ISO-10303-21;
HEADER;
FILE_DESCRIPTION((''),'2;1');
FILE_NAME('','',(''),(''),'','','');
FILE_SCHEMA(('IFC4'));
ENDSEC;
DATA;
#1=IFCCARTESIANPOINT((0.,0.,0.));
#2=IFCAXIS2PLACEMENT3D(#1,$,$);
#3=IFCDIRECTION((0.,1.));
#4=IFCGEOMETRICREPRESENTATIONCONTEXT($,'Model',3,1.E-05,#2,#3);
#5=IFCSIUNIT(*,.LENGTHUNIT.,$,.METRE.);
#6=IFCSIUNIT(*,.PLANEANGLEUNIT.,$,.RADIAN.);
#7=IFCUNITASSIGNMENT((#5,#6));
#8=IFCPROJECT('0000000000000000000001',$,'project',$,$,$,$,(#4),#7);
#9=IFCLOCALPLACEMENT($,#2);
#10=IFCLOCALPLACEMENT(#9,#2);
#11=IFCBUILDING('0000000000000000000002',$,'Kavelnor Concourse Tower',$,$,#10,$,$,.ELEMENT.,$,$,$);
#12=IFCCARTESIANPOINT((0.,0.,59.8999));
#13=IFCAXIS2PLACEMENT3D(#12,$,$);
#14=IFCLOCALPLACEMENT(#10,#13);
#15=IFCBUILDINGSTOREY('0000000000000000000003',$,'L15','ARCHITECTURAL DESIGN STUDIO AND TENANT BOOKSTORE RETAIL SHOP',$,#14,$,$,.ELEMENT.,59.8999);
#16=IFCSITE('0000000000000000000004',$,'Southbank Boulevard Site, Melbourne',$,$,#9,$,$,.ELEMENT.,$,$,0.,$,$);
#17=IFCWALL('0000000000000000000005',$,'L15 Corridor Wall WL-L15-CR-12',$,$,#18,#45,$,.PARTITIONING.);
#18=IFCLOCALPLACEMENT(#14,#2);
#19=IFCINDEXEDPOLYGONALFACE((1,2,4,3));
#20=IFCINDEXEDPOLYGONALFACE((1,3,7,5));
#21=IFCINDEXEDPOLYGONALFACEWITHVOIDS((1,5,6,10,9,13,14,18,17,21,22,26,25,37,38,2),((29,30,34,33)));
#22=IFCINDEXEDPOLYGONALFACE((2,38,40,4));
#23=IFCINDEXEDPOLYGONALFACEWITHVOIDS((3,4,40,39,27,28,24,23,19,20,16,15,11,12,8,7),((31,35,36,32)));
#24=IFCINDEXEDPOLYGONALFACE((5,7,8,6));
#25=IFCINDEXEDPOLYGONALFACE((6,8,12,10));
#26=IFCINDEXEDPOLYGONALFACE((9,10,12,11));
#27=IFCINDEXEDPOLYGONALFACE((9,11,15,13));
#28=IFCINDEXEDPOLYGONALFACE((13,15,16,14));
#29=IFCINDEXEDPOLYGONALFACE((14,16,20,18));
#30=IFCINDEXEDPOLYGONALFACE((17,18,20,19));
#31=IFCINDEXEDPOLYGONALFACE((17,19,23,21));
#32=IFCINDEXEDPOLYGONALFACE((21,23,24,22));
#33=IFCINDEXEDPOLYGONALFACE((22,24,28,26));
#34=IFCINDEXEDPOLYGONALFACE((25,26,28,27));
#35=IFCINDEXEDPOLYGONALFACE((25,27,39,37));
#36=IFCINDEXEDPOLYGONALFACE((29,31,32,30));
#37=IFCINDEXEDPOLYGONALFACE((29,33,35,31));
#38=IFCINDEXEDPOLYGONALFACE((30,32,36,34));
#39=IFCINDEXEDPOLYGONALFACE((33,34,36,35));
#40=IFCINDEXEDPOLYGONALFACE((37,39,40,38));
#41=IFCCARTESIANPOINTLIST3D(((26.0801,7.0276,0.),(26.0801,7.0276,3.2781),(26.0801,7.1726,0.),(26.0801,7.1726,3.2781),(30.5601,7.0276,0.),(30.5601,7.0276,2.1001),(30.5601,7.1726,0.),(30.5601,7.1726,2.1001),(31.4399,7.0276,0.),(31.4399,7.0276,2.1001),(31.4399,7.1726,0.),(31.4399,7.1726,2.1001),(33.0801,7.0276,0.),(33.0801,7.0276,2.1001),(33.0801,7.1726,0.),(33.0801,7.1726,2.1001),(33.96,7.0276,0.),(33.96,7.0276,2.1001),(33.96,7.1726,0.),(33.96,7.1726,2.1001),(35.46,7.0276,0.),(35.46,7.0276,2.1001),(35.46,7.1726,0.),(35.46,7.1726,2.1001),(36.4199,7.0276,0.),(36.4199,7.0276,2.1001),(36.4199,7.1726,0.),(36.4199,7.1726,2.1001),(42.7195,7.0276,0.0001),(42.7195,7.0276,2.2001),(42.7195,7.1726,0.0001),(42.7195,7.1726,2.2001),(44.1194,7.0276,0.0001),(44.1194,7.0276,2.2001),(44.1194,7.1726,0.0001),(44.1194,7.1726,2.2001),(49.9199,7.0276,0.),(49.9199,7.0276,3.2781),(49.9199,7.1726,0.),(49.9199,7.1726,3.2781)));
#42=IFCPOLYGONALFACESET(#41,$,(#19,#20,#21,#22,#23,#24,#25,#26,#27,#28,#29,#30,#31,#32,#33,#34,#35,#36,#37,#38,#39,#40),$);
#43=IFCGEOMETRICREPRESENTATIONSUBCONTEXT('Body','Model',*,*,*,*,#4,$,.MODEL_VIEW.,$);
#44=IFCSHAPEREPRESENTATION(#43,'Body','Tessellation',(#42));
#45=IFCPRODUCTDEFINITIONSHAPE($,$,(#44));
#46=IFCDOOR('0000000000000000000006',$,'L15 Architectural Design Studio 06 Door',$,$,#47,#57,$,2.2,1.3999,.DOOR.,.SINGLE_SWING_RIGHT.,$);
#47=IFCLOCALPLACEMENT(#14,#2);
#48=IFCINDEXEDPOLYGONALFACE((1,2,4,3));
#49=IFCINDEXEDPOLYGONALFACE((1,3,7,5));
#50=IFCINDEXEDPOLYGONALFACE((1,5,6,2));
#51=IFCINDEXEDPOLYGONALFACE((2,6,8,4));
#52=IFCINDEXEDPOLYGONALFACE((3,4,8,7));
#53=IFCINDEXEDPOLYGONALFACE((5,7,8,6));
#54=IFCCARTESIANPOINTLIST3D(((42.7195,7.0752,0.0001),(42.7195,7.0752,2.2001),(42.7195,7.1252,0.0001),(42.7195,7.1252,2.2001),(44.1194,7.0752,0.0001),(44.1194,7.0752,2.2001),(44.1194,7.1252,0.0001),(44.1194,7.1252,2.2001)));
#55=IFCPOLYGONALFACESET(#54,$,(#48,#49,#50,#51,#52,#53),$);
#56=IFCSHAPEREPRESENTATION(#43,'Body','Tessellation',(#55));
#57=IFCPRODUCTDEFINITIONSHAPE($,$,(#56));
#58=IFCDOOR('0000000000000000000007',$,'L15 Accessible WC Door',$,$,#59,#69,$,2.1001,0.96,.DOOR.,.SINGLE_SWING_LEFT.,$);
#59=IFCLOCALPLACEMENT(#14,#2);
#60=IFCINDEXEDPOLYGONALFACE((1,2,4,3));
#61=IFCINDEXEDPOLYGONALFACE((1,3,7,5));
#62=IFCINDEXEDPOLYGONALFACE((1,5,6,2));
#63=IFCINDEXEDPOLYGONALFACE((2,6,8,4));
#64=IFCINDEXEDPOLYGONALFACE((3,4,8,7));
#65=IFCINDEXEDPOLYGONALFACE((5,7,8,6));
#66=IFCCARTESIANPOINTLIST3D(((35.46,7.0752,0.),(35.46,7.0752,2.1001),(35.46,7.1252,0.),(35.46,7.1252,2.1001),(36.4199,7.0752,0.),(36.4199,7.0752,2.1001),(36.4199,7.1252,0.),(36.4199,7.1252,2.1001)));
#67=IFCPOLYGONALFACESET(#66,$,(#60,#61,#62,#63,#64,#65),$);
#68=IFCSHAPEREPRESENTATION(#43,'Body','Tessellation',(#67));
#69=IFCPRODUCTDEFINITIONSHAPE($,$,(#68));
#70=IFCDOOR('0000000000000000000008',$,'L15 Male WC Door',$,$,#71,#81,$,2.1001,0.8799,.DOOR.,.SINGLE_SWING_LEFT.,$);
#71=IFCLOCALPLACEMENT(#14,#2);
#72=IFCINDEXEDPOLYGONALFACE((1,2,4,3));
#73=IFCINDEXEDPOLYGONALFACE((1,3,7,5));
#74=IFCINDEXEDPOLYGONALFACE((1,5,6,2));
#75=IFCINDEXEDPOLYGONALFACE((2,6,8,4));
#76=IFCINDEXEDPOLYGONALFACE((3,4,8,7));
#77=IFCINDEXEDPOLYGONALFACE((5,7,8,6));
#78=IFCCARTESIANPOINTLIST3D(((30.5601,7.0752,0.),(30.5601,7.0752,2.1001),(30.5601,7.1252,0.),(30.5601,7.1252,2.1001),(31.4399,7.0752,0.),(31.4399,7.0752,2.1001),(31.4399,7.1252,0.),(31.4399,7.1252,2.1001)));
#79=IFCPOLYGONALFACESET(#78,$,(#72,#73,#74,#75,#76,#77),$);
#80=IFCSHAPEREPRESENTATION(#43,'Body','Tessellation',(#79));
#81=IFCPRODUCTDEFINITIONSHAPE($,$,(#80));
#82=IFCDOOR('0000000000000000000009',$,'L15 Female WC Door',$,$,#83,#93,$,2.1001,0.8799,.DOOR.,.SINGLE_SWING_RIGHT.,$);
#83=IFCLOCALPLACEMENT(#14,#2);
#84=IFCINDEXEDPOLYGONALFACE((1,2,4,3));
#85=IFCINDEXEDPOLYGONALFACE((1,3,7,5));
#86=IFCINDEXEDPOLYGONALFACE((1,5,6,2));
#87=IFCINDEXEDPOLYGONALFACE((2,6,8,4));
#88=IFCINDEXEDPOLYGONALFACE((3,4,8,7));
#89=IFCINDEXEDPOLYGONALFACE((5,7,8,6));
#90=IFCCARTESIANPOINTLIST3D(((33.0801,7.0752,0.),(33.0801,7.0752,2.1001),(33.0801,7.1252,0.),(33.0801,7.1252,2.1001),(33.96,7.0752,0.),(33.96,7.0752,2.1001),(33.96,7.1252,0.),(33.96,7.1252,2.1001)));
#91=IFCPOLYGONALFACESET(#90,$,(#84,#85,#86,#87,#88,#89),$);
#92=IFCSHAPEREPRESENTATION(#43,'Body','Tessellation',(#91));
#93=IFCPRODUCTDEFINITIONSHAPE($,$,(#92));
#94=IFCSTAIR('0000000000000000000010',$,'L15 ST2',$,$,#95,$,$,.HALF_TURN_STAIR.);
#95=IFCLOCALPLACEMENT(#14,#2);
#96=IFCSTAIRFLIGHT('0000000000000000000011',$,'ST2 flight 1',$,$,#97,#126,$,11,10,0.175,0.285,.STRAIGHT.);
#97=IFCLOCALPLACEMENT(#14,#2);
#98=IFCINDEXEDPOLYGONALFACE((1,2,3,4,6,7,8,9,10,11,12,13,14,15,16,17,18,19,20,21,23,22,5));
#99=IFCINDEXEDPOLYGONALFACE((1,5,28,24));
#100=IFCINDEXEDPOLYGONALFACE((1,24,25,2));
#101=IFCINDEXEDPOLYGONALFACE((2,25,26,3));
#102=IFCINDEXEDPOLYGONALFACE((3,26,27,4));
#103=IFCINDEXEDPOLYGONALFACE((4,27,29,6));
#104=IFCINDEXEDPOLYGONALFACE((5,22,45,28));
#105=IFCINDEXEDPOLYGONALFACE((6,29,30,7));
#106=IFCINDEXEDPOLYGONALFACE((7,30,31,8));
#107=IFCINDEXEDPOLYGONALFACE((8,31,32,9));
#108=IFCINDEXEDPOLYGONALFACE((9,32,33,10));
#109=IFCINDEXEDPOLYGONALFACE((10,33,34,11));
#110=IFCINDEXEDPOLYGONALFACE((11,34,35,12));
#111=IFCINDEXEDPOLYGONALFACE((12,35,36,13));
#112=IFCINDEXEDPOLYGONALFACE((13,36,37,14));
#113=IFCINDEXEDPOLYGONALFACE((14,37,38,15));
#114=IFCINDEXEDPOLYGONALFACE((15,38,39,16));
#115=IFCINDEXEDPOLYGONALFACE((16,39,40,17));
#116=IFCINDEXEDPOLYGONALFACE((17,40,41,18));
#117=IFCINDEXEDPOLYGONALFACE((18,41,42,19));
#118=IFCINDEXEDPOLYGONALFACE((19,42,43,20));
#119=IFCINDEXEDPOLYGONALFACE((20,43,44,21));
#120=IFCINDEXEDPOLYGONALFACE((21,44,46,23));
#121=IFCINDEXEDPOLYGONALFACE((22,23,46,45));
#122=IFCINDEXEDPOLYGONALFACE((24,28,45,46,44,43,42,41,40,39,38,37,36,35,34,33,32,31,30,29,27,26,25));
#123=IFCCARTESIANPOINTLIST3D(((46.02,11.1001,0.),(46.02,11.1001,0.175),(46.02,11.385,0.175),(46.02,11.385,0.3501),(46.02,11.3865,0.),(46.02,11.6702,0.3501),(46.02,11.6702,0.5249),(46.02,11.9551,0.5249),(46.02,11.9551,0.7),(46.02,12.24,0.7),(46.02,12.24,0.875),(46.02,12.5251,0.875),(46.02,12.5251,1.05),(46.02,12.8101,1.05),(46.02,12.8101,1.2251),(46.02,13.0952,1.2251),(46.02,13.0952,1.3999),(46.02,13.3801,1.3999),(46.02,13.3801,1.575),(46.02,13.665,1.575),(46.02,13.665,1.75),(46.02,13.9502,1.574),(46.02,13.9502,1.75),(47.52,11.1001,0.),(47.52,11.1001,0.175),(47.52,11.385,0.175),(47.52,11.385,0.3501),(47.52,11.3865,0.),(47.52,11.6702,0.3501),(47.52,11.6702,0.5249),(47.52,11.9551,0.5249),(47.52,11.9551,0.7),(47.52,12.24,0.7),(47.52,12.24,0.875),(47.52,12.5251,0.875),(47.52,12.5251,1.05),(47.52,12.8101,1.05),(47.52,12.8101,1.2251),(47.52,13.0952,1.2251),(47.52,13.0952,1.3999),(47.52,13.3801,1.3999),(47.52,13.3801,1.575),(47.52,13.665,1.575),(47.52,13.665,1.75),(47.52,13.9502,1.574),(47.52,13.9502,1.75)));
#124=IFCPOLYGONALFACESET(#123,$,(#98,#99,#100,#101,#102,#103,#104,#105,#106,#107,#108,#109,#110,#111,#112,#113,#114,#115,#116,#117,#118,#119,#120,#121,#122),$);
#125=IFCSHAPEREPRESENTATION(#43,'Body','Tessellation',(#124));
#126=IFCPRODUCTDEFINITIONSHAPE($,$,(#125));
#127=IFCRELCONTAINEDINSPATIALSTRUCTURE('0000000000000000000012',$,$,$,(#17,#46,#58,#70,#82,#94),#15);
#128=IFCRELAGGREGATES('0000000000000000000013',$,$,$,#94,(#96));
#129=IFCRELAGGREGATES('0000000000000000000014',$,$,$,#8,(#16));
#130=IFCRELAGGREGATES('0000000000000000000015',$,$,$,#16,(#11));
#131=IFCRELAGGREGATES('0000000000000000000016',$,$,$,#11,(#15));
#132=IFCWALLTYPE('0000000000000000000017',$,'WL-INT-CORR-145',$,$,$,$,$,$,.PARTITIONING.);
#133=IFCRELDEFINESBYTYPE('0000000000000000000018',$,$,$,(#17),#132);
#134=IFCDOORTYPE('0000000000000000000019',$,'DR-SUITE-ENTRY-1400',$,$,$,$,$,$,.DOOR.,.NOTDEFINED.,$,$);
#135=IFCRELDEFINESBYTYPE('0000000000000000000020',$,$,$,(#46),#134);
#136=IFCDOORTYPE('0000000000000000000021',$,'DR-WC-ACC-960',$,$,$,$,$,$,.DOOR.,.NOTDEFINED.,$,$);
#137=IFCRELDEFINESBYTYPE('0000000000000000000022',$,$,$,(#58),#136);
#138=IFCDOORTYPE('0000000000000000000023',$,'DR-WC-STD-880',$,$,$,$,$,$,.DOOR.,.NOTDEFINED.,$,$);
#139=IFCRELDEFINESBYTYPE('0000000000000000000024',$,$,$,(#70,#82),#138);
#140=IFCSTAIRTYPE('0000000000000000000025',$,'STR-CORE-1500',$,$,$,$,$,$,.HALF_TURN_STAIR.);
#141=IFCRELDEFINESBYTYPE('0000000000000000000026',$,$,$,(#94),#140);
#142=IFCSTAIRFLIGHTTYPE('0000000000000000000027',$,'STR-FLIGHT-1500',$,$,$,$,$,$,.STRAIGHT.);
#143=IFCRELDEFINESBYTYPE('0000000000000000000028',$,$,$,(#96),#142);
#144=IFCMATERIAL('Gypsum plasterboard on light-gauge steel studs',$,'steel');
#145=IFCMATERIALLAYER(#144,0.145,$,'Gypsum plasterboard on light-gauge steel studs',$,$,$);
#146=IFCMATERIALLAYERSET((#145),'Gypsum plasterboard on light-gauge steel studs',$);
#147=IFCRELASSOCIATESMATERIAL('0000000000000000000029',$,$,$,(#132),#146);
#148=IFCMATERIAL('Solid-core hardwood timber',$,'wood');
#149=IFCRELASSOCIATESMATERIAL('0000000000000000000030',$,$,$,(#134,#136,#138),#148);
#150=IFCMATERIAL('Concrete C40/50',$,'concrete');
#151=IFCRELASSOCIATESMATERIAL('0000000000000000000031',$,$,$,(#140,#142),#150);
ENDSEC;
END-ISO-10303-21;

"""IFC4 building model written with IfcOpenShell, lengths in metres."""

from ifc_helpers import new_model, si_unit, direction, frame, frame_2d, origin, place, context, subcontext, project, spatial, polyline, rectangle, outline, extrude, material, layer, layer_set, type_object, element, fill, aggregate, save


model = new_model("IFC4")

# Units and contexts
model_context = context("Model", 3, precision=1e-05, world=origin(), true_north=direction((0.0, 1.0)))
body_context = subcontext(model_context, "Body", "Model", "MODEL_VIEW")
ifc_project = project(units=[si_unit("LENGTHUNIT", "METRE"), si_unit("PLANEANGLEUNIT", "RADIAN")], contexts=[model_context])

# Site, building, storey
site_placement = place(None, origin())
site = spatial("IfcSite", under=ifc_project, at=site_placement, Name="Southbank Boulevard Site, Melbourne", CompositionType="ELEMENT", RefElevation=0.0)
building_placement = place(site_placement, origin())
building = spatial("IfcBuilding", under=site, at=building_placement, Name="Kavelnor Concourse Tower", CompositionType="ELEMENT")
storey_placement = place(building_placement, frame((0.0, 0.0, 59.8999)))
storey = spatial("IfcBuildingStorey", under=building, at=storey_placement, Name="L15", Description="ARCHITECTURAL DESIGN STUDIO AND TENANT BOOKSTORE RETAIL SHOP", CompositionType="ELEMENT", Elevation=59.8999)

# Shared definitions
ifc_material_1 = material(Name="Gypsum plasterboard on light-gauge steel studs", Category="steel")
ifc_layer_1 = layer(ifc_material_1, 0.145, Name="Gypsum plasterboard on light-gauge steel studs")
ifc_layer_set_1 = layer_set([ifc_layer_1], Name="Gypsum plasterboard on light-gauge steel studs")
wall_type_1 = type_object("IfcWallType", Name="WL-INT-CORR-145", PredefinedType="PARTITIONING", material=ifc_layer_set_1)

# Wall, openings, doors
wall_1_placement = place(storey_placement, frame((49.9199, 7.1001, 0.0), z_axis=(0.0, 0.0, 1.0), x_axis=(-1.0, 0.0, 0.0)))
wall_1 = element("IfcWall", 1, at=wall_1_placement, inside=storey, type_object=wall_type_1, Name="L15 Corridor Wall WL-L15-CR-12", PredefinedType="PARTITIONING", context=body_context, shape_type="SweptSolid", body=[
    extrude(rectangle(XDim=23.8398, YDim=0.145, at=frame_2d((11.9199, 0.0))), origin(), (0.0, 0.0, 1.0), 3.2781),
])
opening_1_placement = place(wall_1_placement, frame((18.48, 0.0, 0.0)))
opening_1 = element("IfcOpeningElement", 2, at=opening_1_placement, cuts=wall_1, PredefinedType="OPENING", context=body_context, shape_type="SweptSolid", body=[
    extrude(rectangle(XDim=0.8799, YDim=2.1001, at=frame_2d((0.4399, 1.05))), frame((0.0, 0.0825, 0.0), z_axis=(0.0, -1.0, 0.0), x_axis=(1.0, 0.0, 0.0)), (0.0, 0.0, 1.0), 0.165),
])
opening_2_placement = place(wall_1_placement, frame((15.96, 0.0, 0.0)))
opening_2 = element("IfcOpeningElement", 3, at=opening_2_placement, cuts=wall_1, PredefinedType="OPENING", context=body_context, shape_type="SweptSolid", body=[
    extrude(rectangle(XDim=0.8799, YDim=2.1001, at=frame_2d((0.4399, 1.05))), frame((0.0, 0.0825, 0.0), z_axis=(0.0, -1.0, 0.0), x_axis=(1.0, 0.0, 0.0)), (0.0, 0.0, 1.0), 0.165),
])
opening_3_placement = place(wall_1_placement, frame((13.5, 0.0, 0.0)))
opening_3 = element("IfcOpeningElement", 4, at=opening_3_placement, cuts=wall_1, PredefinedType="OPENING", context=body_context, shape_type="SweptSolid", body=[
    extrude(rectangle(XDim=0.96, YDim=2.1001, at=frame_2d((0.48, 1.05))), frame((0.0, 0.0825, 0.0), z_axis=(0.0, -1.0, 0.0), x_axis=(1.0, 0.0, 0.0)), (0.0, 0.0, 1.0), 0.165),
])
opening_4_placement = place(wall_1_placement, frame((5.8005, 0.0, 0.0)))
opening_4 = element("IfcOpeningElement", 5, at=opening_4_placement, cuts=wall_1, PredefinedType="OPENING", context=body_context, shape_type="SweptSolid", body=[
    extrude(rectangle(XDim=1.3999, YDim=2.2, at=frame_2d((0.7, 1.1001))), frame((0.0, 0.0825, 0.0), z_axis=(0.0, -1.0, 0.0), x_axis=(1.0, 0.0, 0.0)), (0.0, 0.0, 1.0), 0.165),
])
ifc_material_2 = material(Name="Solid-core hardwood timber", Category="wood")
door_type_1 = type_object("IfcDoorType", Name="DR-SUITE-ENTRY-1400", OperationType="NOTDEFINED", PredefinedType="DOOR", material=ifc_material_2)
door_1_placement = place(opening_4_placement, origin())
door_1 = element("IfcDoor", 6, at=door_1_placement, inside=storey, type_object=door_type_1, Name="L15 Architectural Design Studio 06 Door", OperationType="SINGLE_SWING_RIGHT", OverallHeight=2.2, OverallWidth=1.3999, PredefinedType="DOOR", context=body_context, shape_type="SweptSolid", body=[
    extrude(rectangle(XDim=1.3999, YDim=2.2, at=frame_2d((0.7, 1.1001))), frame((0.0, 0.0249, 0.0), z_axis=(0.0, -1.0, 0.0), x_axis=(1.0, 0.0, 0.0)), (0.0, 0.0, 1.0), 0.05),
])
fill(opening_4, door_1)
door_type_2 = type_object("IfcDoorType", Name="DR-WC-ACC-960", OperationType="NOTDEFINED", PredefinedType="DOOR", material=ifc_material_2)
door_2_placement = place(opening_3_placement, origin())
door_2 = element("IfcDoor", 7, at=door_2_placement, inside=storey, type_object=door_type_2, Name="L15 Accessible WC Door", OperationType="SINGLE_SWING_LEFT", OverallHeight=2.1001, OverallWidth=0.96, PredefinedType="DOOR", context=body_context, shape_type="SweptSolid", body=[
    extrude(rectangle(XDim=0.96, YDim=2.1001, at=frame_2d((0.48, 1.05))), frame((0.0, 0.0249, 0.0), z_axis=(0.0, -1.0, 0.0), x_axis=(1.0, 0.0, 0.0)), (0.0, 0.0, 1.0), 0.05),
])
fill(opening_3, door_2)
door_type_3 = type_object("IfcDoorType", Name="DR-WC-STD-880", OperationType="NOTDEFINED", PredefinedType="DOOR", material=ifc_material_2)
door_3_placement = place(opening_1_placement, origin())
door_3 = element("IfcDoor", 8, at=door_3_placement, inside=storey, type_object=door_type_3, Name="L15 Male WC Door", OperationType="SINGLE_SWING_LEFT", OverallHeight=2.1001, OverallWidth=0.8799, PredefinedType="DOOR", context=body_context, shape_type="SweptSolid", body=[
    extrude(rectangle(XDim=0.8799, YDim=2.1001, at=frame_2d((0.4399, 1.05))), frame((0.0, 0.0249, 0.0), z_axis=(0.0, -1.0, 0.0), x_axis=(1.0, 0.0, 0.0)), (0.0, 0.0, 1.0), 0.05),
])
fill(opening_1, door_3)
door_4_placement = place(opening_2_placement, origin())
door_4 = element("IfcDoor", 9, at=door_4_placement, inside=storey, type_object=door_type_3, Name="L15 Female WC Door", OperationType="SINGLE_SWING_RIGHT", OverallHeight=2.1001, OverallWidth=0.8799, PredefinedType="DOOR", context=body_context, shape_type="SweptSolid", body=[
    extrude(rectangle(XDim=0.8799, YDim=2.1001, at=frame_2d((0.4399, 1.05))), frame((0.0, 0.0249, 0.0), z_axis=(0.0, -1.0, 0.0), x_axis=(1.0, 0.0, 0.0)), (0.0, 0.0, 1.0), 0.05),
])
fill(opening_2, door_4)

# Stair, stair flight
ifc_material_3 = material(Name="Concrete C40/50", Category="concrete")
stair_type = type_object("IfcStairType", Name="STR-CORE-1500", PredefinedType="HALF_TURN_STAIR", material=ifc_material_3)
stair_placement = place(storey_placement, origin())
stair = element("IfcStair", 10, at=stair_placement, inside=storey, type_object=stair_type, Name="L15 ST2", PredefinedType="HALF_TURN_STAIR")
stair_flight_type = type_object("IfcStairFlightType", Name="STR-FLIGHT-1500", PredefinedType="STRAIGHT", material=ifc_material_3)
stair_flight_placement = place(storey_placement, frame((46.77, 11.1001, 0.0), z_axis=(0.0, 0.0, 1.0), x_axis=(0.0, 1.0, 0.0)))
stair_flight = element("IfcStairFlight", 11, at=stair_flight_placement, type_object=stair_flight_type, Name="ST2 flight 1", NumberOfRisers=11, NumberOfTreads=10, PredefinedType="STRAIGHT", RiserHeight=0.175, TreadLength=0.285, context=body_context, shape_type="SweptSolid", body=[
    extrude(outline(polyline([(0.0, 0.0), (0.0, 0.175), (0.2849, 0.175), (0.2849, 0.3501), (0.5701, 0.3501), (0.5701, 0.5249), (0.855, 0.5249), (0.855, 0.7), (1.1399, 0.7), (1.1399, 0.875), (1.425, 0.875), (1.425, 1.05), (1.71, 1.05), (1.71, 1.2251), (1.9951, 1.2251), (1.9951, 1.3999), (2.28, 1.3999), (2.28, 1.575), (2.5649, 1.575), (2.5649, 1.75), (2.8501, 1.75), (2.8501, 1.925), (2.8501, 1.574), (0.2864, 0.0), (0.0, 0.0)])), frame((0.0, 0.75, 0.0), z_axis=(0.0, -1.0, 0.0), x_axis=(1.0, 0.0, 0.0)), (0.0, 0.0, 1.0), 1.5),
])
aggregate(stair, [stair_flight])

save(model, "model.ifc")
